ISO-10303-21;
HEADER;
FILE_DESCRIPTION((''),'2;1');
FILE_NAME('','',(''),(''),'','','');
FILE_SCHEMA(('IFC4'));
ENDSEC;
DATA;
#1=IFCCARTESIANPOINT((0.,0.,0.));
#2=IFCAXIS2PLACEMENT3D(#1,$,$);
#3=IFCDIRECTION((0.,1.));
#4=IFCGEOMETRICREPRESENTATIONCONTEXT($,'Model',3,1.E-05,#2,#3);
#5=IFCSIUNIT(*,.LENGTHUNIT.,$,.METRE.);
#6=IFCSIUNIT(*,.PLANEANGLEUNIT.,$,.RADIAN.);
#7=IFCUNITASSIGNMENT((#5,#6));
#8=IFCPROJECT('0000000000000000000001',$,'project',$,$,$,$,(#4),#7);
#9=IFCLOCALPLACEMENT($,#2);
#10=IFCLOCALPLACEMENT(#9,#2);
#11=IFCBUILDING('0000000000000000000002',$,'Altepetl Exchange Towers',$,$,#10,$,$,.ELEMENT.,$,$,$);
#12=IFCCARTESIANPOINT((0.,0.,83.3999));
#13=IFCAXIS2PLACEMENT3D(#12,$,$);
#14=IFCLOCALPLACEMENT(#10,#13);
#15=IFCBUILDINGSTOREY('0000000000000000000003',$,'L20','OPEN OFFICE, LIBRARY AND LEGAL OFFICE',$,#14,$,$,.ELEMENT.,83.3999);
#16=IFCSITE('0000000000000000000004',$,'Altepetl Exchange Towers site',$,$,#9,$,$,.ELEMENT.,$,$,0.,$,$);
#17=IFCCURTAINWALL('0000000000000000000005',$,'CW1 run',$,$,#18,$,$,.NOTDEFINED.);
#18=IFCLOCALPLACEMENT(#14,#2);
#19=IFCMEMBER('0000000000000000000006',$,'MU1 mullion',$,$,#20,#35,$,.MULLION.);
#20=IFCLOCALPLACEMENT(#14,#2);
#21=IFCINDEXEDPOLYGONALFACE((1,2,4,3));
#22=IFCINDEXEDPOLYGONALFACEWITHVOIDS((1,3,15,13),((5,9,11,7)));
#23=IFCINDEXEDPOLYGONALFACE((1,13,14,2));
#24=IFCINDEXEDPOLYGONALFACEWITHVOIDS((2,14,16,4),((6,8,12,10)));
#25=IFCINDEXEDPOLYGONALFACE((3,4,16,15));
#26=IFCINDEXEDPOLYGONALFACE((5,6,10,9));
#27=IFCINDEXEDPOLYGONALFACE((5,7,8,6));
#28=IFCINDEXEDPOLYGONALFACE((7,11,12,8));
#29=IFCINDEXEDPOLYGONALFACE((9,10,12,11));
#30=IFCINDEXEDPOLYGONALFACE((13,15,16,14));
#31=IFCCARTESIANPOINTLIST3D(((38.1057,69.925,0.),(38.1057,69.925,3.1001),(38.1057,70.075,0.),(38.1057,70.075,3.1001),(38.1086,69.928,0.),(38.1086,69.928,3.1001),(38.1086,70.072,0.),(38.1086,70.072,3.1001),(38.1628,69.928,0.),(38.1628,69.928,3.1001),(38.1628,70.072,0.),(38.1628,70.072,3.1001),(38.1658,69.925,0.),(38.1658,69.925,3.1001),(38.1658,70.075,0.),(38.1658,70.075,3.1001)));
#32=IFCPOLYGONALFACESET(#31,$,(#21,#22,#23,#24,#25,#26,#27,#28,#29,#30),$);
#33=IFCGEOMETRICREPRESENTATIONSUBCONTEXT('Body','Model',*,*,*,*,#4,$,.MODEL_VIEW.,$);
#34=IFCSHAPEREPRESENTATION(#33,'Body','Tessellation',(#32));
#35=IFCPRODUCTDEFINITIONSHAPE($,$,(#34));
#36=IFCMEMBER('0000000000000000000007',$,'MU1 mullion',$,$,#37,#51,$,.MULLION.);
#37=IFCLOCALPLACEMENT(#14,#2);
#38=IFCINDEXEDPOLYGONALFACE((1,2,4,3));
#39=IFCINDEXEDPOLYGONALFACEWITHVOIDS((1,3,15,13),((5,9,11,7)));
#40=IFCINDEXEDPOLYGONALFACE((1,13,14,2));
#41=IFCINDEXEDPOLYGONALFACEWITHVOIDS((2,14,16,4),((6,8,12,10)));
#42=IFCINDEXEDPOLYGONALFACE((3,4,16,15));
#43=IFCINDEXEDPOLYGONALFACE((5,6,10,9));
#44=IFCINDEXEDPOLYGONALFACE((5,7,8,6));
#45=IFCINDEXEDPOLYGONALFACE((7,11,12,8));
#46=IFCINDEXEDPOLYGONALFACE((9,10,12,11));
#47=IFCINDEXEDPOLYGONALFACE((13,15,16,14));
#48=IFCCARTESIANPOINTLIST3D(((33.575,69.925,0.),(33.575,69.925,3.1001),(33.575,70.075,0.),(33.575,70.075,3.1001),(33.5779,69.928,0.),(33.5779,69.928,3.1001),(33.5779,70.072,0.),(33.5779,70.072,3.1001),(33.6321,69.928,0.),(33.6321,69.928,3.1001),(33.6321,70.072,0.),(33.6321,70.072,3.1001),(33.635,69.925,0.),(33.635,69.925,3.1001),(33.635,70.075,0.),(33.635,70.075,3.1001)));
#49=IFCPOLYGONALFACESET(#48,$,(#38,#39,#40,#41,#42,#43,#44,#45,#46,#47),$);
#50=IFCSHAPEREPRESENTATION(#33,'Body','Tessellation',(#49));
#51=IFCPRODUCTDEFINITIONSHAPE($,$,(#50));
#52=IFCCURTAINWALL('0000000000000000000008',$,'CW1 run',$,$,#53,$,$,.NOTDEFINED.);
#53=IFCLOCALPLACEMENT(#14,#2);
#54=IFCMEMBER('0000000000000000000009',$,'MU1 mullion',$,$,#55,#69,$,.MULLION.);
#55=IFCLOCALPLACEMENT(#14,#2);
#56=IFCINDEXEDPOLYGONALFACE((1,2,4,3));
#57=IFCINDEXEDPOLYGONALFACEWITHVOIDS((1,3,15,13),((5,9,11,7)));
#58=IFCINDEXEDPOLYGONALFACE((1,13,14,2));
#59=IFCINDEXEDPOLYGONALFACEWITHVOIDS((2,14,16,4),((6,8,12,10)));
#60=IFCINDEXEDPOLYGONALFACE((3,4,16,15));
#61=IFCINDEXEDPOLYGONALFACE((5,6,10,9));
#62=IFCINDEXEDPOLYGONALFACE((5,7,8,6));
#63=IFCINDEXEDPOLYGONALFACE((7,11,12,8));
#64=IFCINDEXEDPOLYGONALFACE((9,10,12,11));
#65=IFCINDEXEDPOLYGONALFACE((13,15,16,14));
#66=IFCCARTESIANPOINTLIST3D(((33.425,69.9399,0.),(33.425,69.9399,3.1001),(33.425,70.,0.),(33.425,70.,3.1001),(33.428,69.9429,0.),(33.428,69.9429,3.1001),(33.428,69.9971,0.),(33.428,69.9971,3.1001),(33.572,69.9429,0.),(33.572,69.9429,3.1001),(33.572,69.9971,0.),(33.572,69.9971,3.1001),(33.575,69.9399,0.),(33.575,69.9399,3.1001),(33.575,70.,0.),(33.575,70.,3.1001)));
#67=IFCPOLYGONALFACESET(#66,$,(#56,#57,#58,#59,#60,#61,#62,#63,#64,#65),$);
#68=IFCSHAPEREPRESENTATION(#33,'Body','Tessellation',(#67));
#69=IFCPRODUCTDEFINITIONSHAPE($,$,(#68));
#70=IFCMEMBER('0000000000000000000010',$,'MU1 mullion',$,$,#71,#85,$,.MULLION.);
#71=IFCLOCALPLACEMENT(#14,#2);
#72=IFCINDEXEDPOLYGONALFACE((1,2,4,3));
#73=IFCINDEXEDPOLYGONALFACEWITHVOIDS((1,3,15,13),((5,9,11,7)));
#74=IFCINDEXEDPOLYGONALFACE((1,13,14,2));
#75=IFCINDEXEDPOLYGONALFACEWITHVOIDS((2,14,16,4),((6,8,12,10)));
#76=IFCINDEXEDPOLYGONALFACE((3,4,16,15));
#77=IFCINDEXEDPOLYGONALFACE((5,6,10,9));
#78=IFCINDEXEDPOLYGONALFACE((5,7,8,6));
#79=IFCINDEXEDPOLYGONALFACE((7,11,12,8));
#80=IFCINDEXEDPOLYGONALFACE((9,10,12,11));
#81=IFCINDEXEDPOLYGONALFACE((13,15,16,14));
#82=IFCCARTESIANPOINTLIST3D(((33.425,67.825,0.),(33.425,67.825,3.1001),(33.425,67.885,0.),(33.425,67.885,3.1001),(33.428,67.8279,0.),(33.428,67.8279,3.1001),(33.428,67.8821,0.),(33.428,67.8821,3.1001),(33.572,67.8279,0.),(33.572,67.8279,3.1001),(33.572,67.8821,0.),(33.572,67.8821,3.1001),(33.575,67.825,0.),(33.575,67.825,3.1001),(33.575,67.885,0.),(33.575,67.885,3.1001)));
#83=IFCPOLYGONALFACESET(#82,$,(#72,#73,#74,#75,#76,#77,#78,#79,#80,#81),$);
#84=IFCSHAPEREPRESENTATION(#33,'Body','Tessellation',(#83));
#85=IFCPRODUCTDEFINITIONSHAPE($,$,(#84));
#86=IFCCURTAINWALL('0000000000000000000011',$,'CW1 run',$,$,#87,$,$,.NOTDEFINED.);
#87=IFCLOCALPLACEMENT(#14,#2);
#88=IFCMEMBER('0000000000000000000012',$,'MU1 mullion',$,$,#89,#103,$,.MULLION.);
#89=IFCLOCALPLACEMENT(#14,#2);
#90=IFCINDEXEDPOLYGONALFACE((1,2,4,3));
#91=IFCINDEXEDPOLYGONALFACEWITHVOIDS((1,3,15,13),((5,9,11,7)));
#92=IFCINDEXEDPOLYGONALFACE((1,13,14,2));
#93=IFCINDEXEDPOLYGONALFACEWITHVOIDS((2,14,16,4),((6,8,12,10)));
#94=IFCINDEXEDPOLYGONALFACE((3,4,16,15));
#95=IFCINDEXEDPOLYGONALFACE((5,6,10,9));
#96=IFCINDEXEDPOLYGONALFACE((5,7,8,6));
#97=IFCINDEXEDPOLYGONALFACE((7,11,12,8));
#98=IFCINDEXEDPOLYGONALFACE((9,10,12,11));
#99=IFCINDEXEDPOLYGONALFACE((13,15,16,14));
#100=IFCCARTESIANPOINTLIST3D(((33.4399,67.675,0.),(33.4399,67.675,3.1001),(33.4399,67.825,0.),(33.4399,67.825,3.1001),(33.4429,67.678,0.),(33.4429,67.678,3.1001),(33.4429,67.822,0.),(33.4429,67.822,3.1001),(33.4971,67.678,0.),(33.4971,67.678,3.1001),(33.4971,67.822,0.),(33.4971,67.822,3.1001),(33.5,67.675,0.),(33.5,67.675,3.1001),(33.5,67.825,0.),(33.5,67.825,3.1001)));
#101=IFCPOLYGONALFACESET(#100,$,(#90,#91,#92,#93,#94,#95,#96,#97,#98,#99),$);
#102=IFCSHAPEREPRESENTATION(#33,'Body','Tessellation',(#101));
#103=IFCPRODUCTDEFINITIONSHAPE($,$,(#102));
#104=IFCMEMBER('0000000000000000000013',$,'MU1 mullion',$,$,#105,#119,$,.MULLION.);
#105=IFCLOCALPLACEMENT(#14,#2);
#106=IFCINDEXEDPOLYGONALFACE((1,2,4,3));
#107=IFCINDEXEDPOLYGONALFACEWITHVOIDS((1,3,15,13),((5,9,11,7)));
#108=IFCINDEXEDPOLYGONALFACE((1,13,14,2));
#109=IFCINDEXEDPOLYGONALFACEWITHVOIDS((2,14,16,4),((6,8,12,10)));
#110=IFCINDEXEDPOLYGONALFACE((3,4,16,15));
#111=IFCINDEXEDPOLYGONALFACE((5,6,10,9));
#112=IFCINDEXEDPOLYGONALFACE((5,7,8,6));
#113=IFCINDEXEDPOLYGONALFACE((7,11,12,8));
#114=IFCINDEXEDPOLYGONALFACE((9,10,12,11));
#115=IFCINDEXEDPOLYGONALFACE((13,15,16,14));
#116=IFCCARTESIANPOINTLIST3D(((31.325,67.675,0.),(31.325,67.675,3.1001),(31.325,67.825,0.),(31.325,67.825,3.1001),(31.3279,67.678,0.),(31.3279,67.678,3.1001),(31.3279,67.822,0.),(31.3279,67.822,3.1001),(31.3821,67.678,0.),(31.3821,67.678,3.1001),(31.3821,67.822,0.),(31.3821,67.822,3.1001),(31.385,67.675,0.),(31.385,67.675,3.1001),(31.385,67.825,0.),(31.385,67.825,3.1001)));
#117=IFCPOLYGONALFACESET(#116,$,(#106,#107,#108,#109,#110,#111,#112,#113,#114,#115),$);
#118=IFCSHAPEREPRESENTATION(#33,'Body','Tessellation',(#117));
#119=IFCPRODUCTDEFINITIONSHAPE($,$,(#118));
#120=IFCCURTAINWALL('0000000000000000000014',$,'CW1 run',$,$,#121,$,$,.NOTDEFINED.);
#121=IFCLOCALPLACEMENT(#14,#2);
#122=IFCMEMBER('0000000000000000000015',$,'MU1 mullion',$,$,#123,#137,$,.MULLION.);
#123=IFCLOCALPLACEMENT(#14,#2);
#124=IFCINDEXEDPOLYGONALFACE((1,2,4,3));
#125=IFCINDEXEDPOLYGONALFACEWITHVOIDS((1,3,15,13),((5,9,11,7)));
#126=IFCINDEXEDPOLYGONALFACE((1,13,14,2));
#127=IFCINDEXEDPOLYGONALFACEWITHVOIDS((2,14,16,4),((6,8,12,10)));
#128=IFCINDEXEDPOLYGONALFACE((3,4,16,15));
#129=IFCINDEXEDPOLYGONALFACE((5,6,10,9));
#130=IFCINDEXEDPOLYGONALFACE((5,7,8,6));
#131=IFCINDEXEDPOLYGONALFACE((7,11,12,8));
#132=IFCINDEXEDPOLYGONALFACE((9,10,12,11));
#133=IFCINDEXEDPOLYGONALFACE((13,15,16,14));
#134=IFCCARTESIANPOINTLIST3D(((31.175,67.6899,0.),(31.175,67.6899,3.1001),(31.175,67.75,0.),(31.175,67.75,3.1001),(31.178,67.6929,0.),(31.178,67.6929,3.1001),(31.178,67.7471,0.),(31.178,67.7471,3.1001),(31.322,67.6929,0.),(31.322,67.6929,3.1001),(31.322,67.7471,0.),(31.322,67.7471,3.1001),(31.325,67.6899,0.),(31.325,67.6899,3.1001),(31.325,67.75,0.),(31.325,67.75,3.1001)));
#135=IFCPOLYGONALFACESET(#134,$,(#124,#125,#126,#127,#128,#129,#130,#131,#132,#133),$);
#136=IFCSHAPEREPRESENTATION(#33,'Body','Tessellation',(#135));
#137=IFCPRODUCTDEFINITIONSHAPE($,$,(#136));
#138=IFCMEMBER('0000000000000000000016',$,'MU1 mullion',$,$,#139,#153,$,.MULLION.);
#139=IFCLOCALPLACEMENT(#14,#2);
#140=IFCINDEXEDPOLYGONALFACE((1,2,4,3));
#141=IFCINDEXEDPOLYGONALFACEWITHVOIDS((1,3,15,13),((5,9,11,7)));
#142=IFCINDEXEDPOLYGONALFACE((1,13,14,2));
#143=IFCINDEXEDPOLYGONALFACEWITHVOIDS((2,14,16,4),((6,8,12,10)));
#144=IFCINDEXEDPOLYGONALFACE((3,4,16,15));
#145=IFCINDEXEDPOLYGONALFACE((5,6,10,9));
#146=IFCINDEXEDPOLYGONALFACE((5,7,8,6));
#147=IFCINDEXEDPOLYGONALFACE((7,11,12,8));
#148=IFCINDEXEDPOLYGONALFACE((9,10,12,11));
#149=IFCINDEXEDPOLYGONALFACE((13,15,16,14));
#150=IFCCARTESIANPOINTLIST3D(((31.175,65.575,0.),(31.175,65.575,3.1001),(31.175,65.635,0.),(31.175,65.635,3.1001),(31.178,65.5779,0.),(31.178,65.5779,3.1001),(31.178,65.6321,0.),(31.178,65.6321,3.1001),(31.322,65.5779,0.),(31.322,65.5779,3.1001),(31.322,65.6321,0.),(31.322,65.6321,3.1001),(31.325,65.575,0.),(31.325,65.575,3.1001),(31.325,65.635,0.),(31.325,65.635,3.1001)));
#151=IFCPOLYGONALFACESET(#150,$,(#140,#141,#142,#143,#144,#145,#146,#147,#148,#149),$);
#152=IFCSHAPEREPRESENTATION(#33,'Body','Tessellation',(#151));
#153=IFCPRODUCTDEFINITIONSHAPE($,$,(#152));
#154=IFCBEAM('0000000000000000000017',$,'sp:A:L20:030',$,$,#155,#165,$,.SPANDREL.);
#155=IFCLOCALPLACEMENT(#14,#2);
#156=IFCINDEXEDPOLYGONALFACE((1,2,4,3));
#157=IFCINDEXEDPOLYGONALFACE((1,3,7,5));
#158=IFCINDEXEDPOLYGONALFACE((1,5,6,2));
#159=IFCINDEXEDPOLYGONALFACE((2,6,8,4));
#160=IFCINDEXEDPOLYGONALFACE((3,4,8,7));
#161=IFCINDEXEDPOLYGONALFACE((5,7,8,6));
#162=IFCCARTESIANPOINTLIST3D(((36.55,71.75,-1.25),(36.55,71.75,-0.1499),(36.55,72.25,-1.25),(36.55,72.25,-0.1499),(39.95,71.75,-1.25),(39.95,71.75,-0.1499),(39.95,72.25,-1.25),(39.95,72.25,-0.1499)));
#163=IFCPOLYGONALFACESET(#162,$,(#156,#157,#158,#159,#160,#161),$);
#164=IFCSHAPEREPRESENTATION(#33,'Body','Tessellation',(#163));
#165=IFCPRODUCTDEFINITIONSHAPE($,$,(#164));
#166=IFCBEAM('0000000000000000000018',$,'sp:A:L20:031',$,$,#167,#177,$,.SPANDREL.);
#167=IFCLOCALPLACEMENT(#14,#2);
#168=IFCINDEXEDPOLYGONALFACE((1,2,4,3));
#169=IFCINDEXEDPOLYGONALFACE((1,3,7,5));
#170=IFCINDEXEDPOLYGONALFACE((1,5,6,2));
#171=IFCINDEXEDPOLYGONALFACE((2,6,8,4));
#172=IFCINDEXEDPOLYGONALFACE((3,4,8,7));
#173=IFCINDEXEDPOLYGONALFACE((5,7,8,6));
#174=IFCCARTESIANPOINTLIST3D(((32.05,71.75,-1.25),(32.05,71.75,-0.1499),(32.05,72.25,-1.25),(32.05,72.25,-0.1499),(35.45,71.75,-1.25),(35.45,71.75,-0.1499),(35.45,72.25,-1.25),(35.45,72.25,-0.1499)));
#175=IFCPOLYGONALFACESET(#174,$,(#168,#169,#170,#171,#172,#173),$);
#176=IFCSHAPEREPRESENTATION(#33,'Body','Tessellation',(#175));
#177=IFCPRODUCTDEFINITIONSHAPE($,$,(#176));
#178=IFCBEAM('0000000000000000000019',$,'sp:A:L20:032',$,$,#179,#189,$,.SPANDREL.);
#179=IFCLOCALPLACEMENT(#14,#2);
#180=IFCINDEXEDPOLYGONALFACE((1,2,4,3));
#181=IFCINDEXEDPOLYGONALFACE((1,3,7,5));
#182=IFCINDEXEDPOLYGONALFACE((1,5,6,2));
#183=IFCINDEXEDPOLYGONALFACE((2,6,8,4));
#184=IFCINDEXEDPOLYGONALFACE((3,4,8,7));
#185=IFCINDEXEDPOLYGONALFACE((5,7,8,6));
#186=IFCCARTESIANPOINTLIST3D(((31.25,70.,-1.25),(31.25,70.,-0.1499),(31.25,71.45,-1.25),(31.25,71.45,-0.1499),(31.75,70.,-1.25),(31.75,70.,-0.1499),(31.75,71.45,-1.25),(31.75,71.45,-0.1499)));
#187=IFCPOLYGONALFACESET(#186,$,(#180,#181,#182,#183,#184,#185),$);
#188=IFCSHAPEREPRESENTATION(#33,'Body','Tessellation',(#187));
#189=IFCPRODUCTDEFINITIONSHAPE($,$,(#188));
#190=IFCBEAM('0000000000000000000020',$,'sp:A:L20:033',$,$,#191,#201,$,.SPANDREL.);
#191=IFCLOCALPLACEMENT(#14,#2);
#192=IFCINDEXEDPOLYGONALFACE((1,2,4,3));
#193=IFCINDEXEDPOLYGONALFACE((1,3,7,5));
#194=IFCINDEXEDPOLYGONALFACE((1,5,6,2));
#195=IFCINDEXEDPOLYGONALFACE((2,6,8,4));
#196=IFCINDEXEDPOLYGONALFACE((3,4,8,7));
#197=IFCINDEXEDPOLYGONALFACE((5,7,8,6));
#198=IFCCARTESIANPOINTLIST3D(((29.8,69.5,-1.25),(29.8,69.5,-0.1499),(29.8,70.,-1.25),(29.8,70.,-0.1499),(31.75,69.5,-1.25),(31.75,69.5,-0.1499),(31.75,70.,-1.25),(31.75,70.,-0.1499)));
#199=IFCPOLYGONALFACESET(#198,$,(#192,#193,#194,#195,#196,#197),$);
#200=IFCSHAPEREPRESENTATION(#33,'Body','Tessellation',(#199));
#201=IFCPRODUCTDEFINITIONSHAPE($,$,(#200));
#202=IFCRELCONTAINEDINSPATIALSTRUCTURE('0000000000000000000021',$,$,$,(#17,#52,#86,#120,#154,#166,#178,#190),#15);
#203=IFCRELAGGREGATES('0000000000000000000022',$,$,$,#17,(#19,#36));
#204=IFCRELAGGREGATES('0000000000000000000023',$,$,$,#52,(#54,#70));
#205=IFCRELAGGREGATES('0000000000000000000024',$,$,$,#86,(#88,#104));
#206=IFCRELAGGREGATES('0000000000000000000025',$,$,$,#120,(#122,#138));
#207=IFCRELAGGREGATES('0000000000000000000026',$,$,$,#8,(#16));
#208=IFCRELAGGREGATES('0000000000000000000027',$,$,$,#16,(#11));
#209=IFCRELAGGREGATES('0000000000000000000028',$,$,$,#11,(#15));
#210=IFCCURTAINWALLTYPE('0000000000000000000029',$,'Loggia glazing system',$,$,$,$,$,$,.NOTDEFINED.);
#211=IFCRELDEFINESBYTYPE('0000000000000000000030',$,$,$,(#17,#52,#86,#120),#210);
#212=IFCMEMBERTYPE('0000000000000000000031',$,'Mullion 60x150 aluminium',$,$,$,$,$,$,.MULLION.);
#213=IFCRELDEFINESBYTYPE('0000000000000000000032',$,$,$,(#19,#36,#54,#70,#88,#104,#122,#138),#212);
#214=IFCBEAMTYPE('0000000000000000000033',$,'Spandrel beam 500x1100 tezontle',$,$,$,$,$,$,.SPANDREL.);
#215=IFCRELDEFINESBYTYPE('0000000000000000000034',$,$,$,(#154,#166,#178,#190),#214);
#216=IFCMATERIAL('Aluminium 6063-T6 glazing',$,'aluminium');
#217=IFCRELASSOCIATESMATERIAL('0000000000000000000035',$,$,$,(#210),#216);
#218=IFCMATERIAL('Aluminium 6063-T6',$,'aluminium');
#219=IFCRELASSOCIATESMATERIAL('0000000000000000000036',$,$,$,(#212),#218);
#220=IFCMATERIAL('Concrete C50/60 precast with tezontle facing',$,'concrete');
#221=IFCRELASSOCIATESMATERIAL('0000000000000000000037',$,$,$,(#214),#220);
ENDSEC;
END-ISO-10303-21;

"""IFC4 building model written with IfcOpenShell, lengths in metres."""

from ifc_helpers import new_model, si_unit, direction, frame, origin, origin_2d, place, context, subcontext, project, spatial, rectangle, hollow_rectangle, extrude, material, material_profile, profile_set, type_object, element, aggregate, save


model = new_model("IFC4")

# Units and contexts
model_context = context("Model", 3, precision=1e-05, world=origin(), true_north=direction((0.0, 1.0)))
body_context = subcontext(model_context, "Body", "Model", "MODEL_VIEW")
ifc_project = project(units=[si_unit("LENGTHUNIT", "METRE"), si_unit("PLANEANGLEUNIT", "RADIAN")], contexts=[model_context])

# Site, building, storey
site_placement = place(None, origin())
site = spatial("IfcSite", under=ifc_project, at=site_placement, Name="Altepetl Exchange Towers site", CompositionType="ELEMENT", RefElevation=0.0)
building_placement = place(site_placement, origin())
building = spatial("IfcBuilding", under=site, at=building_placement, Name="Altepetl Exchange Towers", CompositionType="ELEMENT")
storey_placement = place(building_placement, frame((0.0, 0.0, 83.3999)))
storey = spatial("IfcBuildingStorey", under=building, at=storey_placement, Name="L20", Description="OPEN OFFICE, LIBRARY AND LEGAL OFFICE", CompositionType="ELEMENT", Elevation=83.3999)

# Curtain walls, members
ifc_material_1 = material(Name="Aluminium 6063-T6 glazing", Category="aluminium")
curtain_wall_type = type_object("IfcCurtainWallType", Name="Loggia glazing system", PredefinedType="NOTDEFINED", material=ifc_material_1)
ifc_material_2 = material(Name="Aluminium 6063-T6", Category="aluminium")
ifc_material_profile_1 = material_profile(ifc_material_2, hollow_rectangle(XDim=0.0601, YDim=0.1499, WallThickness=0.0029, at=origin_2d()), Name="Mullion 60x150 aluminium")
ifc_profile_set_1 = profile_set([ifc_material_profile_1], Name="Aluminium 6063-T6")
member_type = type_object("IfcMemberType", Name="Mullion 60x150 aluminium", PredefinedType="MULLION", material=ifc_profile_set_1)
curtain_wall_1_placement = place(storey_placement, origin())
curtain_wall_1 = element("IfcCurtainWall", 1, at=curtain_wall_1_placement, inside=storey, type_object=curtain_wall_type, Name="CW1 run", PredefinedType="NOTDEFINED")
member_1_placement = place(storey_placement, frame((38.1357, 70.0, 0.0), z_axis=(0.0, 0.0, 1.0), x_axis=(-1.0, 0.0, 0.0)))
member_1 = element("IfcMember", 2, at=member_1_placement, type_object=member_type, Name="MU1 mullion", PredefinedType="MULLION", context=body_context, shape_type="SweptSolid", body=[
    extrude(hollow_rectangle(XDim=0.0601, YDim=0.1499, WallThickness=0.0029, at=origin_2d()), origin(), (0.0, 0.0, 1.0), 3.1001),
])
member_2_placement = place(storey_placement, frame((33.605, 70.0, 0.0), z_axis=(0.0, 0.0, 1.0), x_axis=(-1.0, 0.0, 0.0)))
member_2 = element("IfcMember", 3, at=member_2_placement, type_object=member_type, Name="MU1 mullion", PredefinedType="MULLION", context=body_context, shape_type="SweptSolid", body=[
    extrude(hollow_rectangle(XDim=0.0601, YDim=0.1499, WallThickness=0.0029, at=origin_2d()), origin(), (0.0, 0.0, 1.0), 3.1001),
])
curtain_wall_2_placement = place(storey_placement, origin())
curtain_wall_2 = element("IfcCurtainWall", 4, at=curtain_wall_2_placement, inside=storey, type_object=curtain_wall_type, Name="CW1 run", PredefinedType="NOTDEFINED")
member_3_placement = place(storey_placement, frame((33.5, 69.97, 0.0), z_axis=(0.0, 0.0, 1.0), x_axis=(0.0, -1.0, 0.0)))
member_3 = element("IfcMember", 5, at=member_3_placement, type_object=member_type, Name="MU1 mullion", PredefinedType="MULLION", context=body_context, shape_type="SweptSolid", body=[
    extrude(hollow_rectangle(XDim=0.0601, YDim=0.1499, WallThickness=0.0029, at=origin_2d()), origin(), (0.0, 0.0, 1.0), 3.1001),
])
member_4_placement = place(storey_placement, frame((33.5, 67.855, 0.0), z_axis=(0.0, 0.0, 1.0), x_axis=(0.0, -1.0, 0.0)))
member_4 = element("IfcMember", 6, at=member_4_placement, type_object=member_type, Name="MU1 mullion", PredefinedType="MULLION", context=body_context, shape_type="SweptSolid", body=[
    extrude(hollow_rectangle(XDim=0.0601, YDim=0.1499, WallThickness=0.0029, at=origin_2d()), origin(), (0.0, 0.0, 1.0), 3.1001),
])
curtain_wall_3_placement = place(storey_placement, origin())
curtain_wall_3 = element("IfcCurtainWall", 7, at=curtain_wall_3_placement, inside=storey, type_object=curtain_wall_type, Name="CW1 run", PredefinedType="NOTDEFINED")
member_5_placement = place(storey_placement, frame((33.47, 67.75, 0.0), z_axis=(0.0, 0.0, 1.0), x_axis=(-1.0, 0.0, 0.0)))
member_5 = element("IfcMember", 8, at=member_5_placement, type_object=member_type, Name="MU1 mullion", PredefinedType="MULLION", context=body_context, shape_type="SweptSolid", body=[
    extrude(hollow_rectangle(XDim=0.0601, YDim=0.1499, WallThickness=0.0029, at=origin_2d()), origin(), (0.0, 0.0, 1.0), 3.1001),
])
member_6_placement = place(storey_placement, frame((31.355, 67.75, 0.0), z_axis=(0.0, 0.0, 1.0), x_axis=(-1.0, 0.0, 0.0)))
member_6 = element("IfcMember", 9, at=member_6_placement, type_object=member_type, Name="MU1 mullion", PredefinedType="MULLION", context=body_context, shape_type="SweptSolid", body=[
    extrude(hollow_rectangle(XDim=0.0601, YDim=0.1499, WallThickness=0.0029, at=origin_2d()), origin(), (0.0, 0.0, 1.0), 3.1001),
])
curtain_wall_4_placement = place(storey_placement, origin())
curtain_wall_4 = element("IfcCurtainWall", 10, at=curtain_wall_4_placement, inside=storey, type_object=curtain_wall_type, Name="CW1 run", PredefinedType="NOTDEFINED")
member_7_placement = place(storey_placement, frame((31.25, 67.72, 0.0), z_axis=(0.0, 0.0, 1.0), x_axis=(0.0, -1.0, 0.0)))
member_7 = element("IfcMember", 11, at=member_7_placement, type_object=member_type, Name="MU1 mullion", PredefinedType="MULLION", context=body_context, shape_type="SweptSolid", body=[
    extrude(hollow_rectangle(XDim=0.0601, YDim=0.1499, WallThickness=0.0029, at=origin_2d()), origin(), (0.0, 0.0, 1.0), 3.1001),
])
member_8_placement = place(storey_placement, frame((31.25, 65.605, 0.0), z_axis=(0.0, 0.0, 1.0), x_axis=(0.0, -1.0, 0.0)))
member_8 = element("IfcMember", 12, at=member_8_placement, type_object=member_type, Name="MU1 mullion", PredefinedType="MULLION", context=body_context, shape_type="SweptSolid", body=[
    extrude(hollow_rectangle(XDim=0.0601, YDim=0.1499, WallThickness=0.0029, at=origin_2d()), origin(), (0.0, 0.0, 1.0), 3.1001),
])

# Beams
ifc_material_3 = material(Name="Concrete C50/60 precast with tezontle facing", Category="concrete")
ifc_material_profile_2 = material_profile(ifc_material_3, rectangle(XDim=0.5, YDim=1.1001, at=origin_2d()), Name="500 x 1100")
ifc_profile_set_2 = profile_set([ifc_material_profile_2], Name="Concrete C50/60 precast with tezontle facing")
beam_type_1 = type_object("IfcBeamType", Name="Spandrel beam 500x1100 tezontle", PredefinedType="SPANDREL", material=ifc_profile_set_2)
for number, where, z_axis, x_axis, name in (
    (13, (39.95, 72.0, -0.7), (-1.0, 0.0, 0.0), (0.0, -1.0, 0.0), "sp:A:L20:030"),
    (14, (35.45, 72.0, -0.7), (-1.0, 0.0, 0.0), (0.0, -1.0, 0.0), "sp:A:L20:031"),
):
    element("IfcBeam", number, at=place(storey_placement, frame(where, z_axis=z_axis, x_axis=x_axis)), inside=storey, type_object=beam_type_1, Name=name, PredefinedType="SPANDREL", context=body_context, shape_type="SweptSolid", body=[
        extrude(rectangle(XDim=0.5, YDim=1.1001, at=origin_2d()), origin(), (0.0, 0.0, 1.0), 3.3999),
    ])
beam_1_placement = place(storey_placement, frame((31.5, 71.45, -0.7), z_axis=(0.0, -1.0, 0.0), x_axis=(1.0, 0.0, 0.0)))
element("IfcBeam", 15, at=beam_1_placement, inside=storey, type_object=beam_type_1, Name="sp:A:L20:032", PredefinedType="SPANDREL", context=body_context, shape_type="SweptSolid", body=[
    extrude(rectangle(XDim=0.5, YDim=1.1001, at=origin_2d()), origin(), (0.0, 0.0, 1.0), 1.45),
])
beam_2_placement = place(storey_placement, frame((31.75, 69.75, -0.7), z_axis=(-1.0, 0.0, 0.0), x_axis=(0.0, -1.0, 0.0)))
element("IfcBeam", 16, at=beam_2_placement, inside=storey, type_object=beam_type_1, Name="sp:A:L20:033", PredefinedType="SPANDREL", context=body_context, shape_type="SweptSolid", body=[
    extrude(rectangle(XDim=0.5, YDim=1.1001, at=origin_2d()), origin(), (0.0, 0.0, 1.0), 1.95),
])

aggregate(curtain_wall_1, [member_1, member_2])
aggregate(curtain_wall_2, [member_3, member_4])
aggregate(curtain_wall_3, [member_5, member_6])
aggregate(curtain_wall_4, [member_7, member_8])

save(model, "model.ifc")
